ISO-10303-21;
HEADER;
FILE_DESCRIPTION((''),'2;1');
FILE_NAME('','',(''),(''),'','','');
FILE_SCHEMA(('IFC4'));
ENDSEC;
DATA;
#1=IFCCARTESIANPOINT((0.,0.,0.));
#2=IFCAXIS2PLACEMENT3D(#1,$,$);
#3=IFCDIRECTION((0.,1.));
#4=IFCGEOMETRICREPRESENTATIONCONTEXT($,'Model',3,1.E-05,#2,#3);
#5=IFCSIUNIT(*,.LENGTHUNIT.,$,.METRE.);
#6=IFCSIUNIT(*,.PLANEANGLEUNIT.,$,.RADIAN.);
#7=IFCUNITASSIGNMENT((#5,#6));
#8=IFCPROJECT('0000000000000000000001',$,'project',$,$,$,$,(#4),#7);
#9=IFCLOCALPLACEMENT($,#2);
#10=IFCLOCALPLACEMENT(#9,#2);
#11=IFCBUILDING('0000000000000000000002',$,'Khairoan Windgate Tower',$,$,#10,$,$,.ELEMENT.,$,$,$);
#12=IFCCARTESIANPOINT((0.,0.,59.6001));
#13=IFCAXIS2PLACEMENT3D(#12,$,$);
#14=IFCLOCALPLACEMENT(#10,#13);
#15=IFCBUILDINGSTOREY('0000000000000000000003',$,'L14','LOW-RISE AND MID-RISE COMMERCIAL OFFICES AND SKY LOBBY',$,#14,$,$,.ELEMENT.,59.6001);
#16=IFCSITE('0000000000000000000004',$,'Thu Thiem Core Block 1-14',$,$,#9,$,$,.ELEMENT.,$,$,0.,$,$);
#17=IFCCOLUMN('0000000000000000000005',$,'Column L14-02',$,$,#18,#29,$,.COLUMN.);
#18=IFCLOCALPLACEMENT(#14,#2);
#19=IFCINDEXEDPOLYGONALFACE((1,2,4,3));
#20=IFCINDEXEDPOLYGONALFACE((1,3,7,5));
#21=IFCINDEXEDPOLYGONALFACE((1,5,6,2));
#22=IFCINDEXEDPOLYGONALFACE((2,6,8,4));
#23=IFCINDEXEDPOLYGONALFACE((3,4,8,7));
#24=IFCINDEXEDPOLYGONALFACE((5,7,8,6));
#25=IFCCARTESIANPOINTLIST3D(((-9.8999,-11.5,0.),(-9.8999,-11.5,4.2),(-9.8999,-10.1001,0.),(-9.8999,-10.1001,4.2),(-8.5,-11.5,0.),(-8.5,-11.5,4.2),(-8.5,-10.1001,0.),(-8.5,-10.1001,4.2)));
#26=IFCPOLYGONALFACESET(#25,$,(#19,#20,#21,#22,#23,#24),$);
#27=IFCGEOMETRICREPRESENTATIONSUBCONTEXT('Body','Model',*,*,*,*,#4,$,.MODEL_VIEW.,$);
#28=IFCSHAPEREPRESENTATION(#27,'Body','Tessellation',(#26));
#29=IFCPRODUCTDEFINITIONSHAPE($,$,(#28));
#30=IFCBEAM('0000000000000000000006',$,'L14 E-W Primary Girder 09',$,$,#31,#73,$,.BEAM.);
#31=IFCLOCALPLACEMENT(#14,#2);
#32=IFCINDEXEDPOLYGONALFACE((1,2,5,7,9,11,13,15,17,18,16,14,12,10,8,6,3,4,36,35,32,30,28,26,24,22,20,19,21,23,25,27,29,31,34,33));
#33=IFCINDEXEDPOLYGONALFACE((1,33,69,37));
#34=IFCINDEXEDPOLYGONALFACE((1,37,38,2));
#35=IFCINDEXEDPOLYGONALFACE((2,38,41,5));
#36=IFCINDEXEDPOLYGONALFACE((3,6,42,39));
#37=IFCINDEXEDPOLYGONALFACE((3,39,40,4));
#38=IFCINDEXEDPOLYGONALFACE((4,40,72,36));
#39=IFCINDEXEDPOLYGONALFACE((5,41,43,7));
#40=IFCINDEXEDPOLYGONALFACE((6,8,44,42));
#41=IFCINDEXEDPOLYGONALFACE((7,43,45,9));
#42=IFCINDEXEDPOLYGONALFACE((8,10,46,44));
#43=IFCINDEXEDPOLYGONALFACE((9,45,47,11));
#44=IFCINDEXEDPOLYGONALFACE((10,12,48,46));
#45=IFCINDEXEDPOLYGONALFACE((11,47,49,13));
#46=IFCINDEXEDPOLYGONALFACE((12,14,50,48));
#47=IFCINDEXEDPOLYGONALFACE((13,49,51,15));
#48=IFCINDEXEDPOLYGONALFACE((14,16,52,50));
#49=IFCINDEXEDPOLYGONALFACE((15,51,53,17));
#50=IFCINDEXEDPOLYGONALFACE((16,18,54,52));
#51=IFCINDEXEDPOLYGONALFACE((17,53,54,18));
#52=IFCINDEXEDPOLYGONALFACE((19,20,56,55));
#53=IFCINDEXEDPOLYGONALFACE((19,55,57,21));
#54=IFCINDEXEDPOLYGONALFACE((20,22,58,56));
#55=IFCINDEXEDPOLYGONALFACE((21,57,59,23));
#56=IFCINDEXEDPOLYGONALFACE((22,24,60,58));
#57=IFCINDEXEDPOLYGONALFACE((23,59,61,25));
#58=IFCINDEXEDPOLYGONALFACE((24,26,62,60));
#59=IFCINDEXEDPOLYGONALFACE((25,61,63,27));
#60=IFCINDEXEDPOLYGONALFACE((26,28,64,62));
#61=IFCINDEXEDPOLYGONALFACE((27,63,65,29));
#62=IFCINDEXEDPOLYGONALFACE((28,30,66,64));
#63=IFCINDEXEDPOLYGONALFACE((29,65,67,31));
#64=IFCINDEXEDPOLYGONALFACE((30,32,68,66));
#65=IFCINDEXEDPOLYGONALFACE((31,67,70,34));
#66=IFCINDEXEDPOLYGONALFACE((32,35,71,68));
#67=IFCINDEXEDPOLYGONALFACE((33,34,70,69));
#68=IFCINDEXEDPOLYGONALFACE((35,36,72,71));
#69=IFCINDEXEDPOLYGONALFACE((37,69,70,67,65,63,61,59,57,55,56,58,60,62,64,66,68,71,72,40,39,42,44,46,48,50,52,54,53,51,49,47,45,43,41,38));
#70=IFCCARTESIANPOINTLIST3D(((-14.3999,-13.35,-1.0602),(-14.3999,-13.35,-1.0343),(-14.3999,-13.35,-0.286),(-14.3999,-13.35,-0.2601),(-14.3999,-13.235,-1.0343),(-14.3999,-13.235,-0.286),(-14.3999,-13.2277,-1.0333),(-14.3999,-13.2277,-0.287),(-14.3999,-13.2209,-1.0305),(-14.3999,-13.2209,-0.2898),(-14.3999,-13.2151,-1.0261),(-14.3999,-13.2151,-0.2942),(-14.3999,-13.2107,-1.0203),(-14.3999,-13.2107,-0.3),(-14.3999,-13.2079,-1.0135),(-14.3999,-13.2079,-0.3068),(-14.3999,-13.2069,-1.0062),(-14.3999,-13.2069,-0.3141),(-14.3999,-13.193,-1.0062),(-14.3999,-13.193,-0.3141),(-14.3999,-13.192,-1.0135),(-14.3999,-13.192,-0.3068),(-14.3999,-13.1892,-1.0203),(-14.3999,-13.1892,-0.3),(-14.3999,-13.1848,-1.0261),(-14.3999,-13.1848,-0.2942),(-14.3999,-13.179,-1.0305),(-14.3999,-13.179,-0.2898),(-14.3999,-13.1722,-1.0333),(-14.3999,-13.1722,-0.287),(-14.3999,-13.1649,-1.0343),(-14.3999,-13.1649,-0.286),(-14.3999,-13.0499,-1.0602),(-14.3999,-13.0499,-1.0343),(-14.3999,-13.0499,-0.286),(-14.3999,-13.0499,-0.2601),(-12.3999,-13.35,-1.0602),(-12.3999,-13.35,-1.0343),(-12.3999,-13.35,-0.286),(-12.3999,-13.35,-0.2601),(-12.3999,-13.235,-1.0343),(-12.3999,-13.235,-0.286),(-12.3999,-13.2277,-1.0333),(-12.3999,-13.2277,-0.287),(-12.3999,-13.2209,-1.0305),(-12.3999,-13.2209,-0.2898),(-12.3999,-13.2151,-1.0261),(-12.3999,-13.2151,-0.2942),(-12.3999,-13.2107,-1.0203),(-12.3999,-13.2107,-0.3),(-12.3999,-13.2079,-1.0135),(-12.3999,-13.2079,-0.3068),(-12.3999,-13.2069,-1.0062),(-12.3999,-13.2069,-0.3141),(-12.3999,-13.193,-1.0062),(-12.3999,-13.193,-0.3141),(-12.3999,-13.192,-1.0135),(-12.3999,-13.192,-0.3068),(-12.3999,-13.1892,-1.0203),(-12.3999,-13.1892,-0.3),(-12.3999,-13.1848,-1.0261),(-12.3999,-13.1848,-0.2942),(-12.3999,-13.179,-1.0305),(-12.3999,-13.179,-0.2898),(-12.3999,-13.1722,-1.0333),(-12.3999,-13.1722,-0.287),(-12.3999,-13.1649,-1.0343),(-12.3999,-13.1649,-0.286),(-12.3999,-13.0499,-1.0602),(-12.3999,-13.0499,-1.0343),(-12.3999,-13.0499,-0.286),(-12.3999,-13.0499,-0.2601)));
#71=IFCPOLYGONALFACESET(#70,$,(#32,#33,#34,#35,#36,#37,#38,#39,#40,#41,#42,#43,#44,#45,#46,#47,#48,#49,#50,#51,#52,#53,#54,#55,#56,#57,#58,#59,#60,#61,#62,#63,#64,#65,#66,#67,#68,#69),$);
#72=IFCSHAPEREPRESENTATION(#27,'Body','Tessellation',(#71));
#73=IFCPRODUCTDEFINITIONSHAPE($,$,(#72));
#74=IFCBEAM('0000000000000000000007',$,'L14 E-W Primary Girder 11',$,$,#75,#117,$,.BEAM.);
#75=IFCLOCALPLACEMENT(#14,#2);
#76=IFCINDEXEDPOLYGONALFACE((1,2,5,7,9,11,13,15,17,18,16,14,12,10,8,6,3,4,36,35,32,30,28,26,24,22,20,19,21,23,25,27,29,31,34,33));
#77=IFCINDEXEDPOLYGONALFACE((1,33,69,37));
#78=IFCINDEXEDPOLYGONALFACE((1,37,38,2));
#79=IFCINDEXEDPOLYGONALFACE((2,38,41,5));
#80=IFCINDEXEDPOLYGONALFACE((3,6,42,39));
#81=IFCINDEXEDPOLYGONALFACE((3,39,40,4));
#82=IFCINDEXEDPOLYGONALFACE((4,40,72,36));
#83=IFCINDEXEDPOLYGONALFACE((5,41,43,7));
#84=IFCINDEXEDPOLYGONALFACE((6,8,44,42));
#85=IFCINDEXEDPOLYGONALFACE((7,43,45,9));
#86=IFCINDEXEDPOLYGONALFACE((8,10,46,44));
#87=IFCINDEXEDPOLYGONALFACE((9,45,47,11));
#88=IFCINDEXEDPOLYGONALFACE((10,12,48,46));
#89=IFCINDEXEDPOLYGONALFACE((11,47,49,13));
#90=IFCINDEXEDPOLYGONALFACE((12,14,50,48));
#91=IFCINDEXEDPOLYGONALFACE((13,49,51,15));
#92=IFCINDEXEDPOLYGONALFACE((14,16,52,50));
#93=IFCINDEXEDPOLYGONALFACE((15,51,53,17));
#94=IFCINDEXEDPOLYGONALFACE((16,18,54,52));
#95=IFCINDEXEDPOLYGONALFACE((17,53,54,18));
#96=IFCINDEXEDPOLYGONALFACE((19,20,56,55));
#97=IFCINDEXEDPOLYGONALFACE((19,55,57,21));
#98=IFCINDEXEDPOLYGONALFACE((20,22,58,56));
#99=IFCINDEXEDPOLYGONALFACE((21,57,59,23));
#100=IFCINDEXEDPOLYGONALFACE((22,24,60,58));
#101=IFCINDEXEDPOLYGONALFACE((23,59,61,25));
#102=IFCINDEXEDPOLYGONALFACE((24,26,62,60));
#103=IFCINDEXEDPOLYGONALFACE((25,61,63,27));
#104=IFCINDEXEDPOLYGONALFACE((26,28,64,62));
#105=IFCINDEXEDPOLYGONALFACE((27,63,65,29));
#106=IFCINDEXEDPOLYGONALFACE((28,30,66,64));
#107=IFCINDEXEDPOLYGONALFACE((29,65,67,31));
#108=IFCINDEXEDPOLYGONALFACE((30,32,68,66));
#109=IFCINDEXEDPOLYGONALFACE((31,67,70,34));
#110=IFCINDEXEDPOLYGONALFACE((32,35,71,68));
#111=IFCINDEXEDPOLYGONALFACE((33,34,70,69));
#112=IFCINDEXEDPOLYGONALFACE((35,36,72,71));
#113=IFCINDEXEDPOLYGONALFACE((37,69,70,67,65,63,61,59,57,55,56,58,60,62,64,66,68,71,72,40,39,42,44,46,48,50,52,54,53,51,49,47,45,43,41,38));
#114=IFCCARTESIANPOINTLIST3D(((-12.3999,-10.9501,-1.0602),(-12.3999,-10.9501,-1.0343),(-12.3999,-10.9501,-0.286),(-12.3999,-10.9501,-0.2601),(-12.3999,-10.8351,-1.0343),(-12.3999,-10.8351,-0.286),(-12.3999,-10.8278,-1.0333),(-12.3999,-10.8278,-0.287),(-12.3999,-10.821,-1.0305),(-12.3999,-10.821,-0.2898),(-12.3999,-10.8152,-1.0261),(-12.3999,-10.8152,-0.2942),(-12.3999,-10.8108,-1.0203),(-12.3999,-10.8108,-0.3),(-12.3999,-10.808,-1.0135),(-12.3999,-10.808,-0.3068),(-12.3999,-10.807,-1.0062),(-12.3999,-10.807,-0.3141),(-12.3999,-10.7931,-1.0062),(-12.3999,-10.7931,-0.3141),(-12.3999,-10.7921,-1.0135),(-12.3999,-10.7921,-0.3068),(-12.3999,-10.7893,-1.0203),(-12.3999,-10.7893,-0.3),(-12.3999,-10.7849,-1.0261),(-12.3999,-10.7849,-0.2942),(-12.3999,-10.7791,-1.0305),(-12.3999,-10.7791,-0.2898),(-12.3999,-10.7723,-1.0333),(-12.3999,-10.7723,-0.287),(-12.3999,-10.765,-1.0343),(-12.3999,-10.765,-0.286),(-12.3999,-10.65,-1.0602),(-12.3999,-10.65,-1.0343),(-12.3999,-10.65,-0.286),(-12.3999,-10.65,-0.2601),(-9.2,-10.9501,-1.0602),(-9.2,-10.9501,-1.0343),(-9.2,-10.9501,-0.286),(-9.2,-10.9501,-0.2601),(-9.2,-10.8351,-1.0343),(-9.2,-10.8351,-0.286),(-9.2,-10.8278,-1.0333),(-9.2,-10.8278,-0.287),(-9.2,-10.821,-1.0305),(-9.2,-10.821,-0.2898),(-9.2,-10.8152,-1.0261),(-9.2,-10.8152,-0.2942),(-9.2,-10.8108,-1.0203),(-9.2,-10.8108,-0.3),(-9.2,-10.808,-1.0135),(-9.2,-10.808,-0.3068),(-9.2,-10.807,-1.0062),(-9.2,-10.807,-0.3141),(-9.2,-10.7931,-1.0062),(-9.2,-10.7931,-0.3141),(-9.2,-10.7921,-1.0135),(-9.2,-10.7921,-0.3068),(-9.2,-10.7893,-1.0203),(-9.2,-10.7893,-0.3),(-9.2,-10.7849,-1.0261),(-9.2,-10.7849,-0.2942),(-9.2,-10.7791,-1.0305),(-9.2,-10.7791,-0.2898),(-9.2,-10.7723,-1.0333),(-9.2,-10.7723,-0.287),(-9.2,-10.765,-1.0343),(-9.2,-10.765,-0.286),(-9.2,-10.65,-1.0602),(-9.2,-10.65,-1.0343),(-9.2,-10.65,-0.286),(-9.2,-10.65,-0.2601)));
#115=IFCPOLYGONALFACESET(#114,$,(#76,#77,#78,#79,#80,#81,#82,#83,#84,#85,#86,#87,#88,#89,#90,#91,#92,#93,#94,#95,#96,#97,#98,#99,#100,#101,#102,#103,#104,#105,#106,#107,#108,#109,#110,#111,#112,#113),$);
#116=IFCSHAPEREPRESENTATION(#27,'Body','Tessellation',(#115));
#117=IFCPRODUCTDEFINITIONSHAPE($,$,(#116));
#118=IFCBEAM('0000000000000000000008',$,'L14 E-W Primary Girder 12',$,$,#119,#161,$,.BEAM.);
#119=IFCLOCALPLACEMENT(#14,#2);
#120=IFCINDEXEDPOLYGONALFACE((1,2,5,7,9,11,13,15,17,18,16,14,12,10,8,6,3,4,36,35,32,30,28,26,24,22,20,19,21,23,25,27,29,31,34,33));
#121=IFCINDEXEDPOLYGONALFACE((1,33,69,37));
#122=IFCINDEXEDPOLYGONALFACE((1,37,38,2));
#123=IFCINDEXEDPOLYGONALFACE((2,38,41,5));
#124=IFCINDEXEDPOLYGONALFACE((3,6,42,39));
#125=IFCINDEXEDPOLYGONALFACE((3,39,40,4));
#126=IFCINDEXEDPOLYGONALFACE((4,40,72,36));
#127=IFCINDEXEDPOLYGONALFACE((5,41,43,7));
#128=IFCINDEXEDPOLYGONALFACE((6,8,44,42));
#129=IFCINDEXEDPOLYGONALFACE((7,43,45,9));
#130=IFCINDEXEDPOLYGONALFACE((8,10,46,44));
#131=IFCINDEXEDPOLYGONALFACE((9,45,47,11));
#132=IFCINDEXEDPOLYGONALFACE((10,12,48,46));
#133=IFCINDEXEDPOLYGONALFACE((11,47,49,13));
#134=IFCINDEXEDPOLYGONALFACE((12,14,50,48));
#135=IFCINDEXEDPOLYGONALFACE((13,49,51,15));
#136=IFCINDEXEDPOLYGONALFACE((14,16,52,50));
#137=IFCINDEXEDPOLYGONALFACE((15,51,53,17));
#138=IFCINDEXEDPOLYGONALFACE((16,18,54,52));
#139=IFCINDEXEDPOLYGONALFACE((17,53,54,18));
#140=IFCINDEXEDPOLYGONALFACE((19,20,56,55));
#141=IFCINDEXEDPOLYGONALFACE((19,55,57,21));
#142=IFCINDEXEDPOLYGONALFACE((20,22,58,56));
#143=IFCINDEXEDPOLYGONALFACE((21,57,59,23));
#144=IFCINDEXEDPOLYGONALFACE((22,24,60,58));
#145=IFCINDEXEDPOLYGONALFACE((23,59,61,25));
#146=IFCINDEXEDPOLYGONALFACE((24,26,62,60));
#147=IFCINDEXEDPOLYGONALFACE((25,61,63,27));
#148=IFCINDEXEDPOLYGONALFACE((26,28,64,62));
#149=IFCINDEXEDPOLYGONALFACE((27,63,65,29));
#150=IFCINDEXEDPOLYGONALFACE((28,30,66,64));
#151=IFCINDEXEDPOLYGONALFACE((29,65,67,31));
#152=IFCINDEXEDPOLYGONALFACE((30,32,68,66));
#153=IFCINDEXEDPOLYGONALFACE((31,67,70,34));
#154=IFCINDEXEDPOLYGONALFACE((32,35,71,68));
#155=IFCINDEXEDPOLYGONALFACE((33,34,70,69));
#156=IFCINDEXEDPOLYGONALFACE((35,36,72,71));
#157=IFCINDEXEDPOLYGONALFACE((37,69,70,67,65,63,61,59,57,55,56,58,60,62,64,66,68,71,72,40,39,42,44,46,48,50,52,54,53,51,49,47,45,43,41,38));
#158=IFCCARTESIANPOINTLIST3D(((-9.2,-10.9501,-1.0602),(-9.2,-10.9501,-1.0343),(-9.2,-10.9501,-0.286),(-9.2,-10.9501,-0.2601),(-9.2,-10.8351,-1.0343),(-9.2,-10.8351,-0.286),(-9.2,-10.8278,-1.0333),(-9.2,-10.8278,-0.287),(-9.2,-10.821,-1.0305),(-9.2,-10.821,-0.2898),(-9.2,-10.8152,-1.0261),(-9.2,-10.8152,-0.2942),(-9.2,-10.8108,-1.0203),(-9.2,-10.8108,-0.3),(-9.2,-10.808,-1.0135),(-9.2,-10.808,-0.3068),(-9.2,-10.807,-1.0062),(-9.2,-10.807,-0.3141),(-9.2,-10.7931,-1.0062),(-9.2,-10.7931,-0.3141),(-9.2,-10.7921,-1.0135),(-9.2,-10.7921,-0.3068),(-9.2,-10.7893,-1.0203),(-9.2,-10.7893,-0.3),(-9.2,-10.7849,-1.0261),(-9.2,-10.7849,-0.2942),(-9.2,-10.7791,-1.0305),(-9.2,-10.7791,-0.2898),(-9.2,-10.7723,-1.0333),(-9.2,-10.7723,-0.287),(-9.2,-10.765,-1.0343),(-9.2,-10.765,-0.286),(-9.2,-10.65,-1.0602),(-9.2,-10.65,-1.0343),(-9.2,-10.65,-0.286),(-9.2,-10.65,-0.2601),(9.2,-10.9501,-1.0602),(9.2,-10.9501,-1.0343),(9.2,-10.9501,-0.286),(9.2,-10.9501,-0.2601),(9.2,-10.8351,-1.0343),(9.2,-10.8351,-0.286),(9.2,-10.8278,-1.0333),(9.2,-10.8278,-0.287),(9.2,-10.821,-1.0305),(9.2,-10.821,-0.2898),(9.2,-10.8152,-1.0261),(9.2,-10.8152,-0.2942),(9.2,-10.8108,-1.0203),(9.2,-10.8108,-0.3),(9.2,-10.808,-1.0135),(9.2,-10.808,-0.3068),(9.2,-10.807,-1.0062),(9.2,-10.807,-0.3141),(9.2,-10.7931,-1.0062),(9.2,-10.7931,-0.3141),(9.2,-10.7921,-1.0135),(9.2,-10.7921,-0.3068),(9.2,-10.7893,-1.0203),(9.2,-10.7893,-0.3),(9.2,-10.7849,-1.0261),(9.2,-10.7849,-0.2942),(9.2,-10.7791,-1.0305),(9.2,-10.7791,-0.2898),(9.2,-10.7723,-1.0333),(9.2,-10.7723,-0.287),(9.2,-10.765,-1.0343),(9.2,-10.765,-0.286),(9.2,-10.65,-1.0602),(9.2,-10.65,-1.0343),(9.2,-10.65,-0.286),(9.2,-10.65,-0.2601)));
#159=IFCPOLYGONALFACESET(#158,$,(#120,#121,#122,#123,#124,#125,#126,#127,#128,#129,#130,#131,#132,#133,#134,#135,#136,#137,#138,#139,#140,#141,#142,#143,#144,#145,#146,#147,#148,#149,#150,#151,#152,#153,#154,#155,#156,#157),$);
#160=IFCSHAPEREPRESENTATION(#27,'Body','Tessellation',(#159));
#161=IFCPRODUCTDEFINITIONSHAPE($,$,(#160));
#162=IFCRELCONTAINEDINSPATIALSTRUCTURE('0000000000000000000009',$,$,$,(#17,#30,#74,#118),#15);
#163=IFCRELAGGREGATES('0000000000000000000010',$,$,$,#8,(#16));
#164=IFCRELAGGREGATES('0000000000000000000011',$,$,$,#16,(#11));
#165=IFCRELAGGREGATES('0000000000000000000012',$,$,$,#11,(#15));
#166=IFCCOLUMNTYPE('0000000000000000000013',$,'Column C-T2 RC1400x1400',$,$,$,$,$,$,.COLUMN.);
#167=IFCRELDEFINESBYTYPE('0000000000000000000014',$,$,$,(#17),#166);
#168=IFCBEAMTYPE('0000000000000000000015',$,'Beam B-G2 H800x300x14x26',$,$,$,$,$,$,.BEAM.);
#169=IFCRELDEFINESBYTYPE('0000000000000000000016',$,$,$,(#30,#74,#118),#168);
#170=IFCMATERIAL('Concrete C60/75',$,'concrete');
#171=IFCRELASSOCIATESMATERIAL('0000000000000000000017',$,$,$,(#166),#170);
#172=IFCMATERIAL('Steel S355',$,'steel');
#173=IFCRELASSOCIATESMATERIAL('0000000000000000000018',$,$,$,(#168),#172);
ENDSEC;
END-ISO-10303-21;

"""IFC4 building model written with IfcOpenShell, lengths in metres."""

from ifc_helpers import new_model, si_unit, direction, frame, origin, origin_2d, place, context, subcontext, project, spatial, rectangle, i_section, extrude, material, material_profile, profile_set, type_object, element, save


model = new_model("IFC4")

# Units and contexts
model_context = context("Model", 3, precision=1e-05, world=origin(), true_north=direction((0.0, 1.0)))
body_context = subcontext(model_context, "Body", "Model", "MODEL_VIEW")
ifc_project = project(units=[si_unit("LENGTHUNIT", "METRE"), si_unit("PLANEANGLEUNIT", "RADIAN")], contexts=[model_context])

# Site, building, storey
site_placement = place(None, origin())
site = spatial("IfcSite", under=ifc_project, at=site_placement, Name="Thu Thiem Core Block 1-14", CompositionType="ELEMENT", RefElevation=0.0)
building_placement = place(site_placement, origin())
building = spatial("IfcBuilding", under=site, at=building_placement, Name="Khairoan Windgate Tower", CompositionType="ELEMENT")
storey_placement = place(building_placement, frame((0.0, 0.0, 59.6001)))
storey = spatial("IfcBuildingStorey", under=building, at=storey_placement, Name="L14", Description="LOW-RISE AND MID-RISE COMMERCIAL OFFICES AND SKY LOBBY", CompositionType="ELEMENT", Elevation=59.6001)

# Column
ifc_material_1 = material(Name="Concrete C60/75", Category="concrete")
ifc_material_profile_1 = material_profile(ifc_material_1, rectangle(XDim=1.3999, YDim=1.3999, at=origin_2d()))
ifc_profile_set_1 = profile_set([ifc_material_profile_1], Name="Concrete C60/75")
column_type = type_object("IfcColumnType", Name="Column C-T2 RC1400x1400", PredefinedType="COLUMN", material=ifc_profile_set_1)
column_placement = place(storey_placement, frame((-9.2, -10.8, 0.0), z_axis=(0.0, 0.0, 1.0), x_axis=(1.0, 0.0, 0.0)))
element("IfcColumn", 1, at=column_placement, inside=storey, type_object=column_type, Name="Column L14-02", PredefinedType="COLUMN", context=body_context, shape_type="SweptSolid", body=[
    extrude(rectangle(XDim=1.3999, YDim=1.3999, at=origin_2d()), origin(), (0.0, 0.0, 1.0), 4.2),
])

# Beams
ifc_material_2 = material(Name="Steel S355", Category="steel")
ifc_material_profile_2 = material_profile(ifc_material_2, i_section(OverallWidth=0.3, OverallDepth=0.8, WebThickness=0.0139, FlangeThickness=0.0259, FilletRadius=0.0281, at=origin_2d()))
ifc_profile_set_2 = profile_set([ifc_material_profile_2], Name="Steel S355")
beam_type_1 = type_object("IfcBeamType", Name="Beam B-G2 H800x300x14x26", PredefinedType="BEAM", material=ifc_profile_set_2)
beam_1_placement = place(storey_placement, frame((-14.3999, -13.2, -0.6602), z_axis=(1.0, 0.0, 0.0), x_axis=(0.0, 1.0, 0.0)))
element("IfcBeam", 2, at=beam_1_placement, inside=storey, type_object=beam_type_1, Name="L14 E-W Primary Girder 09", PredefinedType="BEAM", context=body_context, shape_type="SweptSolid", body=[
    extrude(i_section(OverallWidth=0.3, OverallDepth=0.8, WebThickness=0.0139, FlangeThickness=0.0259, FilletRadius=0.0281, at=origin_2d()), origin(), (0.0, 0.0, 1.0), 2.0),
])
beam_2_placement = place(storey_placement, frame((-12.3999, -10.8, -0.6602), z_axis=(1.0, 0.0, 0.0), x_axis=(0.0, 1.0, 0.0)))
element("IfcBeam", 3, at=beam_2_placement, inside=storey, type_object=beam_type_1, Name="L14 E-W Primary Girder 11", PredefinedType="BEAM", context=body_context, shape_type="SweptSolid", body=[
    extrude(i_section(OverallWidth=0.3, OverallDepth=0.8, WebThickness=0.0139, FlangeThickness=0.0259, FilletRadius=0.0281, at=origin_2d()), origin(), (0.0, 0.0, 1.0), 3.2),
])
beam_3_placement = place(storey_placement, frame((-9.2, -10.8, -0.6602), z_axis=(1.0, 0.0, 0.0), x_axis=(0.0, 1.0, 0.0)))
element("IfcBeam", 4, at=beam_3_placement, inside=storey, type_object=beam_type_1, Name="L14 E-W Primary Girder 12", PredefinedType="BEAM", context=body_context, shape_type="SweptSolid", body=[
    extrude(i_section(OverallWidth=0.3, OverallDepth=0.8, WebThickness=0.0139, FlangeThickness=0.0259, FilletRadius=0.0281, at=origin_2d()), origin(), (0.0, 0.0, 1.0), 18.3999),
])

save(model, "model.ifc")
